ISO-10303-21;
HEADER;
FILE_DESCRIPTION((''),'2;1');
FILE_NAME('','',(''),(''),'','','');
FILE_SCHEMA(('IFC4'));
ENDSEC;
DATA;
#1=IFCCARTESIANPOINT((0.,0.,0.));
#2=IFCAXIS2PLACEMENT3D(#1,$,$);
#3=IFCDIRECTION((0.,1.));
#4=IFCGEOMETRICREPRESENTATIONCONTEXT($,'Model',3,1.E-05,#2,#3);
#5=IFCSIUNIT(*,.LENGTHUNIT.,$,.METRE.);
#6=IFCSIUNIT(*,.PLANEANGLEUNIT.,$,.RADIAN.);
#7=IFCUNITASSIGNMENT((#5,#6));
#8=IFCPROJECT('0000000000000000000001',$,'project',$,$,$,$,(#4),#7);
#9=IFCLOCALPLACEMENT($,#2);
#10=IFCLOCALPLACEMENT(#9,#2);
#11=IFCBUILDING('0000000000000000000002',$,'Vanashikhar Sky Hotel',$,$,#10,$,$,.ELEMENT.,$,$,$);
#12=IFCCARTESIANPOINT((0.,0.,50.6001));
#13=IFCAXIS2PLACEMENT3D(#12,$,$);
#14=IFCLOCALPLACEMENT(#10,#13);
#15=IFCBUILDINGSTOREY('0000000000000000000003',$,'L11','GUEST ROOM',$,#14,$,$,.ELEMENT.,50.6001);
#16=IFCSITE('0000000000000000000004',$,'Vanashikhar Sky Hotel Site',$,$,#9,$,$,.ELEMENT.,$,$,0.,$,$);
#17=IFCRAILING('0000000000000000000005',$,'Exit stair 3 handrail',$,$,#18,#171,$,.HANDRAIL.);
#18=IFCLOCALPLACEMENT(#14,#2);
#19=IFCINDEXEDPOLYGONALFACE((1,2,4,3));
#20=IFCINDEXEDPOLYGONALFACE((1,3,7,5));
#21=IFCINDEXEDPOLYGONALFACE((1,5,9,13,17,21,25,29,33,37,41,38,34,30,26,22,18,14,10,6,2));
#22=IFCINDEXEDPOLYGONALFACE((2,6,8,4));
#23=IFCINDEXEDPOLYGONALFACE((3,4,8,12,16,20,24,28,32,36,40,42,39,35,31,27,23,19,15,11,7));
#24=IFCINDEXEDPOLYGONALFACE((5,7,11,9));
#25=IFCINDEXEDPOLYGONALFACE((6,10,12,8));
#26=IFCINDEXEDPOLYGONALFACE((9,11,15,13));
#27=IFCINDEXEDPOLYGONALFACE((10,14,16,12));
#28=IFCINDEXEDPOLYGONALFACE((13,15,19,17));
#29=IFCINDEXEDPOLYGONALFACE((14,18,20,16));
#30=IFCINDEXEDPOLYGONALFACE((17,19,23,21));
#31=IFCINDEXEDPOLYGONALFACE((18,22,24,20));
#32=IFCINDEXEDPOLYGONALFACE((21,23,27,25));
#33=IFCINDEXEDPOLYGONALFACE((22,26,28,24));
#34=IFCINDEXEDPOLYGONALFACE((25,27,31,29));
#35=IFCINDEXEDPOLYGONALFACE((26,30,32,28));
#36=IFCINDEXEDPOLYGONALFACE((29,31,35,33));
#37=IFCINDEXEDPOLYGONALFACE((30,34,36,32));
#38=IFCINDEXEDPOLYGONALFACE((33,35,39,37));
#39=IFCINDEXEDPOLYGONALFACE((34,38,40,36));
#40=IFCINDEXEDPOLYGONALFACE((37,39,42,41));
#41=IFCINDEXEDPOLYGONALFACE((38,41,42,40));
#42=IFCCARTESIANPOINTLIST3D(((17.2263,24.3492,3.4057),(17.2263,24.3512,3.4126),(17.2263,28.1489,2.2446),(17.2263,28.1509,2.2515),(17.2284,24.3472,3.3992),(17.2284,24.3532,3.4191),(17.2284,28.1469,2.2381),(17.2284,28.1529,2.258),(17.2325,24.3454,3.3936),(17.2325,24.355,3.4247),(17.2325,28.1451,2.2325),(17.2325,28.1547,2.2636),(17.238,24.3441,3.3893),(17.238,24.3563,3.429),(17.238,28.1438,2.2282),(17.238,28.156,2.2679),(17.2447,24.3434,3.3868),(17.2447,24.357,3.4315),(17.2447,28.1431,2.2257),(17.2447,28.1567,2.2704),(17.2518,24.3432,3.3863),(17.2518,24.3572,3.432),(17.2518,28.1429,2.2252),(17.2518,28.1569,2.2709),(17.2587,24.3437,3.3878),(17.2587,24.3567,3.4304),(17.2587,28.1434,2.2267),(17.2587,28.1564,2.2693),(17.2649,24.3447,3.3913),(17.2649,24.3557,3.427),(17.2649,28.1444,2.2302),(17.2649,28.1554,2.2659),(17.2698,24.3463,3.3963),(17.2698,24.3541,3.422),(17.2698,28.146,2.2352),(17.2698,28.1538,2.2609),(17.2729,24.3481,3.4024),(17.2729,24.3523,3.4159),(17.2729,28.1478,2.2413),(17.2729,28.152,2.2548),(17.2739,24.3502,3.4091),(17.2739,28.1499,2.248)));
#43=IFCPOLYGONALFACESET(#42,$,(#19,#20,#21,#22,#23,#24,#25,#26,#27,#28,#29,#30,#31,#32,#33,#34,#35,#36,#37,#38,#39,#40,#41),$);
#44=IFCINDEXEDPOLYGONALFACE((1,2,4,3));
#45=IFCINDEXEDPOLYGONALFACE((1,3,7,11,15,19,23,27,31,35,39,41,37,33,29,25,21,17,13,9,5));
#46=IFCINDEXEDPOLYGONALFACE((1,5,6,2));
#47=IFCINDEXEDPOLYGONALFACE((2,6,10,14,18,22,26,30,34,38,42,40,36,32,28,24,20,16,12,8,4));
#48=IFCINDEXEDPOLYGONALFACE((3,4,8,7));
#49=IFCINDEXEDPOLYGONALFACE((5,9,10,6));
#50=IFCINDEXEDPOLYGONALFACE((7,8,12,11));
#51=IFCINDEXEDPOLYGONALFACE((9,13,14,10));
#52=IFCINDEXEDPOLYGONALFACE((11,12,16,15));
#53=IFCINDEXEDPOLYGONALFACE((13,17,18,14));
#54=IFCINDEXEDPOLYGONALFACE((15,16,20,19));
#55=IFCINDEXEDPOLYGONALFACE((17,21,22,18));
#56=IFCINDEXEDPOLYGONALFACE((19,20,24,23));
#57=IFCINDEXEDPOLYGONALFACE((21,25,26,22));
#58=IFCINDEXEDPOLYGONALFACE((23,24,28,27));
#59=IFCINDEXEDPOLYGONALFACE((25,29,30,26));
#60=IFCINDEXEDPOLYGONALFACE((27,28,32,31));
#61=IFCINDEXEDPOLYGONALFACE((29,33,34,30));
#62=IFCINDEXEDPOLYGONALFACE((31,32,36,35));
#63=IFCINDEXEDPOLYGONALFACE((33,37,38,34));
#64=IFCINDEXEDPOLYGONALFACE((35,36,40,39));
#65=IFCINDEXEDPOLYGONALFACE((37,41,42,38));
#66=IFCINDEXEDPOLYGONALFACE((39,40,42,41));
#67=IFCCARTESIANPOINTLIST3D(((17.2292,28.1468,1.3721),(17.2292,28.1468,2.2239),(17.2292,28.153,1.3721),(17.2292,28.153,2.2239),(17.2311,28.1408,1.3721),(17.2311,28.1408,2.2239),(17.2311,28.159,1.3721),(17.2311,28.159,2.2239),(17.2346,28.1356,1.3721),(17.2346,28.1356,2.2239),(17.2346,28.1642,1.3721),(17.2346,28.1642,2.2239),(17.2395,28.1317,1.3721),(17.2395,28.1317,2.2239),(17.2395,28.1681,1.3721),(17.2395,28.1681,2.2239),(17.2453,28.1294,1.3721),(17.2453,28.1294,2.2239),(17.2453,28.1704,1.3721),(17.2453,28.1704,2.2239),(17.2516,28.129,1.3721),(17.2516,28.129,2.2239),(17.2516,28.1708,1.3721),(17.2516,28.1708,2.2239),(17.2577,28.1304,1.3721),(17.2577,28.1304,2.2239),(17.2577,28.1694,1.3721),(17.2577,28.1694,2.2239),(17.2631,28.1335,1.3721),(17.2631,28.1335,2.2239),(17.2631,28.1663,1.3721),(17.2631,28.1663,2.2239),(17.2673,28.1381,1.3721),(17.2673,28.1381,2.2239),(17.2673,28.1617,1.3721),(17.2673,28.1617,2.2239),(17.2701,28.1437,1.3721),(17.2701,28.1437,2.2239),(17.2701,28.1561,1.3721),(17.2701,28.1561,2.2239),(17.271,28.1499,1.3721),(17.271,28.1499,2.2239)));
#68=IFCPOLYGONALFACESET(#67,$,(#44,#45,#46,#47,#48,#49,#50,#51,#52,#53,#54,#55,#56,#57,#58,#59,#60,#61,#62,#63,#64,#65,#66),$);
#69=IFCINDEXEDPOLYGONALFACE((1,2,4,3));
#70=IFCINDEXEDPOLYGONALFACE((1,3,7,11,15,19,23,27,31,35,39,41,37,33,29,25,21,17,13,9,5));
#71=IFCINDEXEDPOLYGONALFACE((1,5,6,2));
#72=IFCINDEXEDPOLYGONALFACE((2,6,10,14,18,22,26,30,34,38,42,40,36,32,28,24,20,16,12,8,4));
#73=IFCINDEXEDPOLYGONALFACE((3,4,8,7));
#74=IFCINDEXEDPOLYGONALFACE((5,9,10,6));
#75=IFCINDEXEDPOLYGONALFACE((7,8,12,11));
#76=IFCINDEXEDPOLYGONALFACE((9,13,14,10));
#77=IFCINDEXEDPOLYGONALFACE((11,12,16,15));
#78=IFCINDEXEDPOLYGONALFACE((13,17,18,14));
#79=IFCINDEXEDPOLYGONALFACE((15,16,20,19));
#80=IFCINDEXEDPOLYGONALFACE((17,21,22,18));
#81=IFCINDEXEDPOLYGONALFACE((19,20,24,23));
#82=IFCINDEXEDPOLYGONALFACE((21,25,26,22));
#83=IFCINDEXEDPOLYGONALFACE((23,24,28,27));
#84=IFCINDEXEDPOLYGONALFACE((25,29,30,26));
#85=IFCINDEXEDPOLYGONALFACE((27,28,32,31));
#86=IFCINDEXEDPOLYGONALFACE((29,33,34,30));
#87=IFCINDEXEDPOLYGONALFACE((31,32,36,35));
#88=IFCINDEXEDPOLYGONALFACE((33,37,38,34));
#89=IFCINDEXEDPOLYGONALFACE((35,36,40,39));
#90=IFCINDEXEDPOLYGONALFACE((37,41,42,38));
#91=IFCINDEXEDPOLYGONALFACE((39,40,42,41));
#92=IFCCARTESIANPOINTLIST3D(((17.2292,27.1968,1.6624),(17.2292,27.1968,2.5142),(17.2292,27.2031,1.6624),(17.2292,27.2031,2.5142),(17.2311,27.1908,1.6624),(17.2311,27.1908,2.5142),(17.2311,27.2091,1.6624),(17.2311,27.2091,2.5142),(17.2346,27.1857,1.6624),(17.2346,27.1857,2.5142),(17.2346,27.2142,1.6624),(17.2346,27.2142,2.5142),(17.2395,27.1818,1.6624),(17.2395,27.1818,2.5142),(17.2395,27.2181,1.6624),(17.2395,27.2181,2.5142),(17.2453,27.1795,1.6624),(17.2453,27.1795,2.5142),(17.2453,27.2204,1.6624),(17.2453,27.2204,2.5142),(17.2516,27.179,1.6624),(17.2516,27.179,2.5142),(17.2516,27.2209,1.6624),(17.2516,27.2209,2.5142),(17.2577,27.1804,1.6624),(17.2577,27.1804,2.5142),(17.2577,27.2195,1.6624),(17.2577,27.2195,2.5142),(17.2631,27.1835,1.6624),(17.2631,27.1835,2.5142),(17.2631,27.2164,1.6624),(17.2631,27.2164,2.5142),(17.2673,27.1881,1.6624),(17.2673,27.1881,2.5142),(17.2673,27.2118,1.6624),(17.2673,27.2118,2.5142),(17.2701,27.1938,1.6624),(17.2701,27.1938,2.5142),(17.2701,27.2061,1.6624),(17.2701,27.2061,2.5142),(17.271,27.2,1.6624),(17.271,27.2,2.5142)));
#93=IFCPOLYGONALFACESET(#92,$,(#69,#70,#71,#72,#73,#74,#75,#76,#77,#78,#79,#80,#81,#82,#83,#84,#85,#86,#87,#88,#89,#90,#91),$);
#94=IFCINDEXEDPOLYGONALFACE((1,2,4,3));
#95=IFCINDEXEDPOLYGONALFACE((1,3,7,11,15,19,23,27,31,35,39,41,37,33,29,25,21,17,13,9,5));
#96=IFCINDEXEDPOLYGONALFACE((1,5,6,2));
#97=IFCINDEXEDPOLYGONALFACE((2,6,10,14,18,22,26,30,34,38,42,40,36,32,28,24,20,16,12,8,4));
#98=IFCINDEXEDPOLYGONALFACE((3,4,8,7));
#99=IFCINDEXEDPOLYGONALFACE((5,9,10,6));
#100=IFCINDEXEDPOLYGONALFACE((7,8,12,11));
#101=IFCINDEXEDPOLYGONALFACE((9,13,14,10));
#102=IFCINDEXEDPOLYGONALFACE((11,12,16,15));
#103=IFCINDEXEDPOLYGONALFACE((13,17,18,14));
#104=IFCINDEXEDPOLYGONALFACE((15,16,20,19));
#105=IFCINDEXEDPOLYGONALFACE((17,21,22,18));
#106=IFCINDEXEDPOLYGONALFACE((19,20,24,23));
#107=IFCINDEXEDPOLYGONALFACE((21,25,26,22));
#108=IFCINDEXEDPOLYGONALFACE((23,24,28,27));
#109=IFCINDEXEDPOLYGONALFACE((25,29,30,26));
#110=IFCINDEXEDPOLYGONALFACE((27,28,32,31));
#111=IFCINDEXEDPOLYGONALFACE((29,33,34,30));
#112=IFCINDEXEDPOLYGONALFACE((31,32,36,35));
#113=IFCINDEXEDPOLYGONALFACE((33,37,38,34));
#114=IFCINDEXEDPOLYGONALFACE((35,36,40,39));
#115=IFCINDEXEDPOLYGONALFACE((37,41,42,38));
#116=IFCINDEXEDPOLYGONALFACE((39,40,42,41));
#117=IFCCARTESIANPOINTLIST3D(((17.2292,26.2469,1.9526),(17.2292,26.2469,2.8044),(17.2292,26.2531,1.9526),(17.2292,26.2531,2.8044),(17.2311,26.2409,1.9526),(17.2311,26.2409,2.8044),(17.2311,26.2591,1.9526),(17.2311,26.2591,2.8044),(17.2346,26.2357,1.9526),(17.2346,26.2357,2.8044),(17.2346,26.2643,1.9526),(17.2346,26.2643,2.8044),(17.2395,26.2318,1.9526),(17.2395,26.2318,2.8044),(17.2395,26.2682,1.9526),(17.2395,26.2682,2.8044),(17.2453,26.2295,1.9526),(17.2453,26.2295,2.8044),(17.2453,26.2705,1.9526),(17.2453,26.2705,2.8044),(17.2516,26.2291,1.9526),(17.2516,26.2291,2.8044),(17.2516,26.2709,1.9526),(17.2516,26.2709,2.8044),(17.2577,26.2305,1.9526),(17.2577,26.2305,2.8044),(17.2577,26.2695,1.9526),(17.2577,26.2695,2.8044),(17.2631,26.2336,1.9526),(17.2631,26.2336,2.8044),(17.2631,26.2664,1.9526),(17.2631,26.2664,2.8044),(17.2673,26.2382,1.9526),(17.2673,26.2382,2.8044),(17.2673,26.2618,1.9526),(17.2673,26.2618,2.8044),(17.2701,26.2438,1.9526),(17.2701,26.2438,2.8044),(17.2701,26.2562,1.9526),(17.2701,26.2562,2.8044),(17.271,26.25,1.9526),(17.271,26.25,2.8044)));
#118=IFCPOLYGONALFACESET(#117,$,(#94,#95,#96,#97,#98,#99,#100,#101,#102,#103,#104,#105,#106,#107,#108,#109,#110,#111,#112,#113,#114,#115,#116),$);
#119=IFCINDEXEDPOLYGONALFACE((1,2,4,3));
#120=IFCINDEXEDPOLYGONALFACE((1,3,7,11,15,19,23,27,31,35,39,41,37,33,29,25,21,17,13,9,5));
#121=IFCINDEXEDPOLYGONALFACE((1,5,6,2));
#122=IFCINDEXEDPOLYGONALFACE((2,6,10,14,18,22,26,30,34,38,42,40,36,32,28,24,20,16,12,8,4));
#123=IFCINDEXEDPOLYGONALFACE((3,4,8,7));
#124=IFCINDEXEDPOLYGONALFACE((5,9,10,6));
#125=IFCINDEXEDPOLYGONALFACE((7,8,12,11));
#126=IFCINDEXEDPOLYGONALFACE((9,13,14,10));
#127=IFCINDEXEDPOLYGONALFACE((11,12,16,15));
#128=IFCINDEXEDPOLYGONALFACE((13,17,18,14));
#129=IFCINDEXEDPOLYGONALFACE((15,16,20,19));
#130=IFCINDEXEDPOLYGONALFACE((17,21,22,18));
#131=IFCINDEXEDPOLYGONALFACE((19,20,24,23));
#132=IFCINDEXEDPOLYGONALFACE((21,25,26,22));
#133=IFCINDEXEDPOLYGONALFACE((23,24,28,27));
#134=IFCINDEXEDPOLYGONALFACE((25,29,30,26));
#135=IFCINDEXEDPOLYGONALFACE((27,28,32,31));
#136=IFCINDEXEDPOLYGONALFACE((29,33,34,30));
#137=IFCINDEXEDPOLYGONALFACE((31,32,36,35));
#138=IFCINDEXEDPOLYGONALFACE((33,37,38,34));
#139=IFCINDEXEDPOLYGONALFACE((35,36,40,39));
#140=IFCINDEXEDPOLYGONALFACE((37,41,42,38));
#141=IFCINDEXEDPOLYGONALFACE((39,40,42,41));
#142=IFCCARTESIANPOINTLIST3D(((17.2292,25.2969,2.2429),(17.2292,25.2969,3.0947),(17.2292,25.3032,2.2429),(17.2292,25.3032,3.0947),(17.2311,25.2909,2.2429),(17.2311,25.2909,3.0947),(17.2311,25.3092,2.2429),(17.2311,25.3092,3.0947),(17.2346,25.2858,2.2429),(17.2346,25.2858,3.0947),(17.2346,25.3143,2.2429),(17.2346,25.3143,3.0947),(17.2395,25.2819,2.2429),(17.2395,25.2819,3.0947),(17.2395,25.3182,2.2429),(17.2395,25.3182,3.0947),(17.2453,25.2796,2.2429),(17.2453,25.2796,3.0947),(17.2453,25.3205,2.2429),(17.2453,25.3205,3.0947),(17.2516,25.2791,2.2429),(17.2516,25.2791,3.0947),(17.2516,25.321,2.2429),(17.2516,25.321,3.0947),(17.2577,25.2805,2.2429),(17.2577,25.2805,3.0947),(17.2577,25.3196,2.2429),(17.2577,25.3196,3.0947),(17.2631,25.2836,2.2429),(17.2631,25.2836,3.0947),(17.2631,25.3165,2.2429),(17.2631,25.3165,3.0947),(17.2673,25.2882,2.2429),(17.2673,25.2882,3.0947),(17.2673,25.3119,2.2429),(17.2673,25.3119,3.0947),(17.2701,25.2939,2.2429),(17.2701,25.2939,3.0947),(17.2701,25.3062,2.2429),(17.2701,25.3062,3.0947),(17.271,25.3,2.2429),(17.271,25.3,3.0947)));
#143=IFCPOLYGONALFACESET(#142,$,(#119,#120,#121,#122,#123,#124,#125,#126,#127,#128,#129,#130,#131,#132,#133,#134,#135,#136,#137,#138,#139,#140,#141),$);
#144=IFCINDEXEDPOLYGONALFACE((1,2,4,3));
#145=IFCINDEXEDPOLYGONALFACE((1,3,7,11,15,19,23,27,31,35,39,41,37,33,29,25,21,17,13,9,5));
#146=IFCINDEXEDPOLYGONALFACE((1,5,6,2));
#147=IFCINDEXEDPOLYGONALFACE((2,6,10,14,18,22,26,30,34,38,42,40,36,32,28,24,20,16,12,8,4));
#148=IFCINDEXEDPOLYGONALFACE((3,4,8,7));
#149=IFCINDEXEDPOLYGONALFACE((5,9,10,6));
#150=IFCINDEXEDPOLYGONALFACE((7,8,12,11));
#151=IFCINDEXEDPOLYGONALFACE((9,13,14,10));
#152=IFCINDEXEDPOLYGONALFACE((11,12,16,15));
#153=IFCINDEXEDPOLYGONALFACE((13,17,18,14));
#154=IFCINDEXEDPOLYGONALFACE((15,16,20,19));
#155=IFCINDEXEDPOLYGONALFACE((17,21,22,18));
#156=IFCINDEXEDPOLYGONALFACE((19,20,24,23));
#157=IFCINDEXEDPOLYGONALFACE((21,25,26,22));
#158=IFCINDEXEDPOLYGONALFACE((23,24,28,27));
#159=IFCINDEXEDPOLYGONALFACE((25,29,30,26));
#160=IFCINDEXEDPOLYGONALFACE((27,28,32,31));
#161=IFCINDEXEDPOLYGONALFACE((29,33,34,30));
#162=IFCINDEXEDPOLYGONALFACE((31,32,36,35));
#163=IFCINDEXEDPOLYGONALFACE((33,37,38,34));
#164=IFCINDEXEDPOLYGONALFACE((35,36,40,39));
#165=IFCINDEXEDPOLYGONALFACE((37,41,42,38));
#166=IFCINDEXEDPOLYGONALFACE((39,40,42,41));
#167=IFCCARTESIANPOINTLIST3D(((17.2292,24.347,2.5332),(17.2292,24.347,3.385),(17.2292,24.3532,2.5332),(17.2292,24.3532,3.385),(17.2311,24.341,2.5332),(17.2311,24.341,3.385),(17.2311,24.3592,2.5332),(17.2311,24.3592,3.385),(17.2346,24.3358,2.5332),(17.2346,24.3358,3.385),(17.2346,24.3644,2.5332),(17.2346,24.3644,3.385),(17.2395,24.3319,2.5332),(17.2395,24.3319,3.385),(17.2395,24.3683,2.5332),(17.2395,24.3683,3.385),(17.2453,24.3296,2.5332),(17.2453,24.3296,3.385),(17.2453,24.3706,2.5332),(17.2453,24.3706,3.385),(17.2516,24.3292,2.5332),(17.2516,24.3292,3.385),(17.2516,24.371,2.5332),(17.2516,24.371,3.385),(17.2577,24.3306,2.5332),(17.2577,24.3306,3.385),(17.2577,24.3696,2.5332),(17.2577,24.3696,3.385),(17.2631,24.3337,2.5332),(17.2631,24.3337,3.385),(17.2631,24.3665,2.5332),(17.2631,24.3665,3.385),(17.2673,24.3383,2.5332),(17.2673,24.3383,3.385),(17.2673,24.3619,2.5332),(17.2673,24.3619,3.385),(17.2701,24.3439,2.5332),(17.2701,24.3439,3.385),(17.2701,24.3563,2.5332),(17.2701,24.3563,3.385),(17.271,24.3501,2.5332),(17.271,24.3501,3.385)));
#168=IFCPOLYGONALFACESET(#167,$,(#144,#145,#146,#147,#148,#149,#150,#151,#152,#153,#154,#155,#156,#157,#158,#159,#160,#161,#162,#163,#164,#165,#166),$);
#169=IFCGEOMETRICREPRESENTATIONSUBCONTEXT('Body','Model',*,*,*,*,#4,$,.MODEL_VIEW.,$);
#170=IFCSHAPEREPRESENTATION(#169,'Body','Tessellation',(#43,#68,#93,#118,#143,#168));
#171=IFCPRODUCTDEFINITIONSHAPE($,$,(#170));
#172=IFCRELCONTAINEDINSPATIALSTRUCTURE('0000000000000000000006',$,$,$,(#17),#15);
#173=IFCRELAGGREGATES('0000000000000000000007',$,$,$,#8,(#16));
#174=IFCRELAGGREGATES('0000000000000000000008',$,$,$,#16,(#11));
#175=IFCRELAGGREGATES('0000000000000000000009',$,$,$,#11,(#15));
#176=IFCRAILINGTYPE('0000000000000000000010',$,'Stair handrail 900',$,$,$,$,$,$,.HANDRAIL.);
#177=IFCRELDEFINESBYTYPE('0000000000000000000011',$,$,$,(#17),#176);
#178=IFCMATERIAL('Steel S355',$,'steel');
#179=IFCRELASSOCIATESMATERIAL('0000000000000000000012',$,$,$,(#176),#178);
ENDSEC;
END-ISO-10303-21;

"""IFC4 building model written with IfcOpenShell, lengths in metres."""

from ifc_helpers import new_model, si_unit, direction, frame, origin, origin_2d, place, context, subcontext, project, spatial, circle, extrude, source, transform, mapped, material, type_object, element, save


model = new_model("IFC4")

# Units and contexts
model_context = context("Model", 3, precision=1e-05, world=origin(), true_north=direction((0.0, 1.0)))
body_context = subcontext(model_context, "Body", "Model", "MODEL_VIEW")
ifc_project = project(units=[si_unit("LENGTHUNIT", "METRE"), si_unit("PLANEANGLEUNIT", "RADIAN")], contexts=[model_context])

# Site, building, storey
site_placement = place(None, origin())
site = spatial("IfcSite", under=ifc_project, at=site_placement, Name="Vanashikhar Sky Hotel Site", CompositionType="ELEMENT", RefElevation=0.0)
building_placement = place(site_placement, origin())
building = spatial("IfcBuilding", under=site, at=building_placement, Name="Vanashikhar Sky Hotel", CompositionType="ELEMENT")
storey_placement = place(building_placement, frame((0.0, 0.0, 50.6001)))
storey = spatial("IfcBuildingStorey", under=building, at=storey_placement, Name="L11", Description="GUEST ROOM", CompositionType="ELEMENT", Elevation=50.6001)

# Railing
ifc_material_1 = material(Name="Steel S355", Category="steel")
railing_type = type_object("IfcRailingType", Name="Stair handrail 900", PredefinedType="HANDRAIL", material=ifc_material_1)
shared_shape_1 = source(origin(), body_context, "Body", "SweptSolid", [
    extrude(circle(Radius=0.0239, at=origin_2d()), frame((0.0, 0.0, 0.876), z_axis=(0.0, -0.956346, 0.292237), x_axis=(1.0, 0.0, 0.0)), (0.0, 0.0, 1.0), 3.9731),
    extrude(circle(Radius=0.021, at=origin_2d()), origin(), (0.0, 0.0, 1.0), 0.8518),
    extrude(circle(Radius=0.021, at=origin_2d()), frame((0.0, -0.95, 0.2903)), (0.0, 0.0, 1.0), 0.8518),
    extrude(circle(Radius=0.021, at=origin_2d()), frame((0.0, -1.8999, 0.5806)), (0.0, 0.0, 1.0), 0.8518),
    extrude(circle(Radius=0.021, at=origin_2d()), frame((0.0, -2.8499, 0.8708)), (0.0, 0.0, 1.0), 0.8518),
    extrude(circle(Radius=0.021, at=origin_2d()), frame((0.0, -3.7998, 1.1611)), (0.0, 0.0, 1.0), 0.8518),
])
railing_placement = place(storey_placement, frame((17.25, 28.1499, 1.3721)))
element("IfcRailing", 1, at=railing_placement, inside=storey, type_object=railing_type, Name="Exit stair 3 handrail", PredefinedType="HANDRAIL", context=body_context, shape_type="MappedRepresentation", body=[
    mapped(shared_shape_1, transform((0.0, 0.0, 0.0), scale=1.0)),
])

save(model, "model.ifc")
